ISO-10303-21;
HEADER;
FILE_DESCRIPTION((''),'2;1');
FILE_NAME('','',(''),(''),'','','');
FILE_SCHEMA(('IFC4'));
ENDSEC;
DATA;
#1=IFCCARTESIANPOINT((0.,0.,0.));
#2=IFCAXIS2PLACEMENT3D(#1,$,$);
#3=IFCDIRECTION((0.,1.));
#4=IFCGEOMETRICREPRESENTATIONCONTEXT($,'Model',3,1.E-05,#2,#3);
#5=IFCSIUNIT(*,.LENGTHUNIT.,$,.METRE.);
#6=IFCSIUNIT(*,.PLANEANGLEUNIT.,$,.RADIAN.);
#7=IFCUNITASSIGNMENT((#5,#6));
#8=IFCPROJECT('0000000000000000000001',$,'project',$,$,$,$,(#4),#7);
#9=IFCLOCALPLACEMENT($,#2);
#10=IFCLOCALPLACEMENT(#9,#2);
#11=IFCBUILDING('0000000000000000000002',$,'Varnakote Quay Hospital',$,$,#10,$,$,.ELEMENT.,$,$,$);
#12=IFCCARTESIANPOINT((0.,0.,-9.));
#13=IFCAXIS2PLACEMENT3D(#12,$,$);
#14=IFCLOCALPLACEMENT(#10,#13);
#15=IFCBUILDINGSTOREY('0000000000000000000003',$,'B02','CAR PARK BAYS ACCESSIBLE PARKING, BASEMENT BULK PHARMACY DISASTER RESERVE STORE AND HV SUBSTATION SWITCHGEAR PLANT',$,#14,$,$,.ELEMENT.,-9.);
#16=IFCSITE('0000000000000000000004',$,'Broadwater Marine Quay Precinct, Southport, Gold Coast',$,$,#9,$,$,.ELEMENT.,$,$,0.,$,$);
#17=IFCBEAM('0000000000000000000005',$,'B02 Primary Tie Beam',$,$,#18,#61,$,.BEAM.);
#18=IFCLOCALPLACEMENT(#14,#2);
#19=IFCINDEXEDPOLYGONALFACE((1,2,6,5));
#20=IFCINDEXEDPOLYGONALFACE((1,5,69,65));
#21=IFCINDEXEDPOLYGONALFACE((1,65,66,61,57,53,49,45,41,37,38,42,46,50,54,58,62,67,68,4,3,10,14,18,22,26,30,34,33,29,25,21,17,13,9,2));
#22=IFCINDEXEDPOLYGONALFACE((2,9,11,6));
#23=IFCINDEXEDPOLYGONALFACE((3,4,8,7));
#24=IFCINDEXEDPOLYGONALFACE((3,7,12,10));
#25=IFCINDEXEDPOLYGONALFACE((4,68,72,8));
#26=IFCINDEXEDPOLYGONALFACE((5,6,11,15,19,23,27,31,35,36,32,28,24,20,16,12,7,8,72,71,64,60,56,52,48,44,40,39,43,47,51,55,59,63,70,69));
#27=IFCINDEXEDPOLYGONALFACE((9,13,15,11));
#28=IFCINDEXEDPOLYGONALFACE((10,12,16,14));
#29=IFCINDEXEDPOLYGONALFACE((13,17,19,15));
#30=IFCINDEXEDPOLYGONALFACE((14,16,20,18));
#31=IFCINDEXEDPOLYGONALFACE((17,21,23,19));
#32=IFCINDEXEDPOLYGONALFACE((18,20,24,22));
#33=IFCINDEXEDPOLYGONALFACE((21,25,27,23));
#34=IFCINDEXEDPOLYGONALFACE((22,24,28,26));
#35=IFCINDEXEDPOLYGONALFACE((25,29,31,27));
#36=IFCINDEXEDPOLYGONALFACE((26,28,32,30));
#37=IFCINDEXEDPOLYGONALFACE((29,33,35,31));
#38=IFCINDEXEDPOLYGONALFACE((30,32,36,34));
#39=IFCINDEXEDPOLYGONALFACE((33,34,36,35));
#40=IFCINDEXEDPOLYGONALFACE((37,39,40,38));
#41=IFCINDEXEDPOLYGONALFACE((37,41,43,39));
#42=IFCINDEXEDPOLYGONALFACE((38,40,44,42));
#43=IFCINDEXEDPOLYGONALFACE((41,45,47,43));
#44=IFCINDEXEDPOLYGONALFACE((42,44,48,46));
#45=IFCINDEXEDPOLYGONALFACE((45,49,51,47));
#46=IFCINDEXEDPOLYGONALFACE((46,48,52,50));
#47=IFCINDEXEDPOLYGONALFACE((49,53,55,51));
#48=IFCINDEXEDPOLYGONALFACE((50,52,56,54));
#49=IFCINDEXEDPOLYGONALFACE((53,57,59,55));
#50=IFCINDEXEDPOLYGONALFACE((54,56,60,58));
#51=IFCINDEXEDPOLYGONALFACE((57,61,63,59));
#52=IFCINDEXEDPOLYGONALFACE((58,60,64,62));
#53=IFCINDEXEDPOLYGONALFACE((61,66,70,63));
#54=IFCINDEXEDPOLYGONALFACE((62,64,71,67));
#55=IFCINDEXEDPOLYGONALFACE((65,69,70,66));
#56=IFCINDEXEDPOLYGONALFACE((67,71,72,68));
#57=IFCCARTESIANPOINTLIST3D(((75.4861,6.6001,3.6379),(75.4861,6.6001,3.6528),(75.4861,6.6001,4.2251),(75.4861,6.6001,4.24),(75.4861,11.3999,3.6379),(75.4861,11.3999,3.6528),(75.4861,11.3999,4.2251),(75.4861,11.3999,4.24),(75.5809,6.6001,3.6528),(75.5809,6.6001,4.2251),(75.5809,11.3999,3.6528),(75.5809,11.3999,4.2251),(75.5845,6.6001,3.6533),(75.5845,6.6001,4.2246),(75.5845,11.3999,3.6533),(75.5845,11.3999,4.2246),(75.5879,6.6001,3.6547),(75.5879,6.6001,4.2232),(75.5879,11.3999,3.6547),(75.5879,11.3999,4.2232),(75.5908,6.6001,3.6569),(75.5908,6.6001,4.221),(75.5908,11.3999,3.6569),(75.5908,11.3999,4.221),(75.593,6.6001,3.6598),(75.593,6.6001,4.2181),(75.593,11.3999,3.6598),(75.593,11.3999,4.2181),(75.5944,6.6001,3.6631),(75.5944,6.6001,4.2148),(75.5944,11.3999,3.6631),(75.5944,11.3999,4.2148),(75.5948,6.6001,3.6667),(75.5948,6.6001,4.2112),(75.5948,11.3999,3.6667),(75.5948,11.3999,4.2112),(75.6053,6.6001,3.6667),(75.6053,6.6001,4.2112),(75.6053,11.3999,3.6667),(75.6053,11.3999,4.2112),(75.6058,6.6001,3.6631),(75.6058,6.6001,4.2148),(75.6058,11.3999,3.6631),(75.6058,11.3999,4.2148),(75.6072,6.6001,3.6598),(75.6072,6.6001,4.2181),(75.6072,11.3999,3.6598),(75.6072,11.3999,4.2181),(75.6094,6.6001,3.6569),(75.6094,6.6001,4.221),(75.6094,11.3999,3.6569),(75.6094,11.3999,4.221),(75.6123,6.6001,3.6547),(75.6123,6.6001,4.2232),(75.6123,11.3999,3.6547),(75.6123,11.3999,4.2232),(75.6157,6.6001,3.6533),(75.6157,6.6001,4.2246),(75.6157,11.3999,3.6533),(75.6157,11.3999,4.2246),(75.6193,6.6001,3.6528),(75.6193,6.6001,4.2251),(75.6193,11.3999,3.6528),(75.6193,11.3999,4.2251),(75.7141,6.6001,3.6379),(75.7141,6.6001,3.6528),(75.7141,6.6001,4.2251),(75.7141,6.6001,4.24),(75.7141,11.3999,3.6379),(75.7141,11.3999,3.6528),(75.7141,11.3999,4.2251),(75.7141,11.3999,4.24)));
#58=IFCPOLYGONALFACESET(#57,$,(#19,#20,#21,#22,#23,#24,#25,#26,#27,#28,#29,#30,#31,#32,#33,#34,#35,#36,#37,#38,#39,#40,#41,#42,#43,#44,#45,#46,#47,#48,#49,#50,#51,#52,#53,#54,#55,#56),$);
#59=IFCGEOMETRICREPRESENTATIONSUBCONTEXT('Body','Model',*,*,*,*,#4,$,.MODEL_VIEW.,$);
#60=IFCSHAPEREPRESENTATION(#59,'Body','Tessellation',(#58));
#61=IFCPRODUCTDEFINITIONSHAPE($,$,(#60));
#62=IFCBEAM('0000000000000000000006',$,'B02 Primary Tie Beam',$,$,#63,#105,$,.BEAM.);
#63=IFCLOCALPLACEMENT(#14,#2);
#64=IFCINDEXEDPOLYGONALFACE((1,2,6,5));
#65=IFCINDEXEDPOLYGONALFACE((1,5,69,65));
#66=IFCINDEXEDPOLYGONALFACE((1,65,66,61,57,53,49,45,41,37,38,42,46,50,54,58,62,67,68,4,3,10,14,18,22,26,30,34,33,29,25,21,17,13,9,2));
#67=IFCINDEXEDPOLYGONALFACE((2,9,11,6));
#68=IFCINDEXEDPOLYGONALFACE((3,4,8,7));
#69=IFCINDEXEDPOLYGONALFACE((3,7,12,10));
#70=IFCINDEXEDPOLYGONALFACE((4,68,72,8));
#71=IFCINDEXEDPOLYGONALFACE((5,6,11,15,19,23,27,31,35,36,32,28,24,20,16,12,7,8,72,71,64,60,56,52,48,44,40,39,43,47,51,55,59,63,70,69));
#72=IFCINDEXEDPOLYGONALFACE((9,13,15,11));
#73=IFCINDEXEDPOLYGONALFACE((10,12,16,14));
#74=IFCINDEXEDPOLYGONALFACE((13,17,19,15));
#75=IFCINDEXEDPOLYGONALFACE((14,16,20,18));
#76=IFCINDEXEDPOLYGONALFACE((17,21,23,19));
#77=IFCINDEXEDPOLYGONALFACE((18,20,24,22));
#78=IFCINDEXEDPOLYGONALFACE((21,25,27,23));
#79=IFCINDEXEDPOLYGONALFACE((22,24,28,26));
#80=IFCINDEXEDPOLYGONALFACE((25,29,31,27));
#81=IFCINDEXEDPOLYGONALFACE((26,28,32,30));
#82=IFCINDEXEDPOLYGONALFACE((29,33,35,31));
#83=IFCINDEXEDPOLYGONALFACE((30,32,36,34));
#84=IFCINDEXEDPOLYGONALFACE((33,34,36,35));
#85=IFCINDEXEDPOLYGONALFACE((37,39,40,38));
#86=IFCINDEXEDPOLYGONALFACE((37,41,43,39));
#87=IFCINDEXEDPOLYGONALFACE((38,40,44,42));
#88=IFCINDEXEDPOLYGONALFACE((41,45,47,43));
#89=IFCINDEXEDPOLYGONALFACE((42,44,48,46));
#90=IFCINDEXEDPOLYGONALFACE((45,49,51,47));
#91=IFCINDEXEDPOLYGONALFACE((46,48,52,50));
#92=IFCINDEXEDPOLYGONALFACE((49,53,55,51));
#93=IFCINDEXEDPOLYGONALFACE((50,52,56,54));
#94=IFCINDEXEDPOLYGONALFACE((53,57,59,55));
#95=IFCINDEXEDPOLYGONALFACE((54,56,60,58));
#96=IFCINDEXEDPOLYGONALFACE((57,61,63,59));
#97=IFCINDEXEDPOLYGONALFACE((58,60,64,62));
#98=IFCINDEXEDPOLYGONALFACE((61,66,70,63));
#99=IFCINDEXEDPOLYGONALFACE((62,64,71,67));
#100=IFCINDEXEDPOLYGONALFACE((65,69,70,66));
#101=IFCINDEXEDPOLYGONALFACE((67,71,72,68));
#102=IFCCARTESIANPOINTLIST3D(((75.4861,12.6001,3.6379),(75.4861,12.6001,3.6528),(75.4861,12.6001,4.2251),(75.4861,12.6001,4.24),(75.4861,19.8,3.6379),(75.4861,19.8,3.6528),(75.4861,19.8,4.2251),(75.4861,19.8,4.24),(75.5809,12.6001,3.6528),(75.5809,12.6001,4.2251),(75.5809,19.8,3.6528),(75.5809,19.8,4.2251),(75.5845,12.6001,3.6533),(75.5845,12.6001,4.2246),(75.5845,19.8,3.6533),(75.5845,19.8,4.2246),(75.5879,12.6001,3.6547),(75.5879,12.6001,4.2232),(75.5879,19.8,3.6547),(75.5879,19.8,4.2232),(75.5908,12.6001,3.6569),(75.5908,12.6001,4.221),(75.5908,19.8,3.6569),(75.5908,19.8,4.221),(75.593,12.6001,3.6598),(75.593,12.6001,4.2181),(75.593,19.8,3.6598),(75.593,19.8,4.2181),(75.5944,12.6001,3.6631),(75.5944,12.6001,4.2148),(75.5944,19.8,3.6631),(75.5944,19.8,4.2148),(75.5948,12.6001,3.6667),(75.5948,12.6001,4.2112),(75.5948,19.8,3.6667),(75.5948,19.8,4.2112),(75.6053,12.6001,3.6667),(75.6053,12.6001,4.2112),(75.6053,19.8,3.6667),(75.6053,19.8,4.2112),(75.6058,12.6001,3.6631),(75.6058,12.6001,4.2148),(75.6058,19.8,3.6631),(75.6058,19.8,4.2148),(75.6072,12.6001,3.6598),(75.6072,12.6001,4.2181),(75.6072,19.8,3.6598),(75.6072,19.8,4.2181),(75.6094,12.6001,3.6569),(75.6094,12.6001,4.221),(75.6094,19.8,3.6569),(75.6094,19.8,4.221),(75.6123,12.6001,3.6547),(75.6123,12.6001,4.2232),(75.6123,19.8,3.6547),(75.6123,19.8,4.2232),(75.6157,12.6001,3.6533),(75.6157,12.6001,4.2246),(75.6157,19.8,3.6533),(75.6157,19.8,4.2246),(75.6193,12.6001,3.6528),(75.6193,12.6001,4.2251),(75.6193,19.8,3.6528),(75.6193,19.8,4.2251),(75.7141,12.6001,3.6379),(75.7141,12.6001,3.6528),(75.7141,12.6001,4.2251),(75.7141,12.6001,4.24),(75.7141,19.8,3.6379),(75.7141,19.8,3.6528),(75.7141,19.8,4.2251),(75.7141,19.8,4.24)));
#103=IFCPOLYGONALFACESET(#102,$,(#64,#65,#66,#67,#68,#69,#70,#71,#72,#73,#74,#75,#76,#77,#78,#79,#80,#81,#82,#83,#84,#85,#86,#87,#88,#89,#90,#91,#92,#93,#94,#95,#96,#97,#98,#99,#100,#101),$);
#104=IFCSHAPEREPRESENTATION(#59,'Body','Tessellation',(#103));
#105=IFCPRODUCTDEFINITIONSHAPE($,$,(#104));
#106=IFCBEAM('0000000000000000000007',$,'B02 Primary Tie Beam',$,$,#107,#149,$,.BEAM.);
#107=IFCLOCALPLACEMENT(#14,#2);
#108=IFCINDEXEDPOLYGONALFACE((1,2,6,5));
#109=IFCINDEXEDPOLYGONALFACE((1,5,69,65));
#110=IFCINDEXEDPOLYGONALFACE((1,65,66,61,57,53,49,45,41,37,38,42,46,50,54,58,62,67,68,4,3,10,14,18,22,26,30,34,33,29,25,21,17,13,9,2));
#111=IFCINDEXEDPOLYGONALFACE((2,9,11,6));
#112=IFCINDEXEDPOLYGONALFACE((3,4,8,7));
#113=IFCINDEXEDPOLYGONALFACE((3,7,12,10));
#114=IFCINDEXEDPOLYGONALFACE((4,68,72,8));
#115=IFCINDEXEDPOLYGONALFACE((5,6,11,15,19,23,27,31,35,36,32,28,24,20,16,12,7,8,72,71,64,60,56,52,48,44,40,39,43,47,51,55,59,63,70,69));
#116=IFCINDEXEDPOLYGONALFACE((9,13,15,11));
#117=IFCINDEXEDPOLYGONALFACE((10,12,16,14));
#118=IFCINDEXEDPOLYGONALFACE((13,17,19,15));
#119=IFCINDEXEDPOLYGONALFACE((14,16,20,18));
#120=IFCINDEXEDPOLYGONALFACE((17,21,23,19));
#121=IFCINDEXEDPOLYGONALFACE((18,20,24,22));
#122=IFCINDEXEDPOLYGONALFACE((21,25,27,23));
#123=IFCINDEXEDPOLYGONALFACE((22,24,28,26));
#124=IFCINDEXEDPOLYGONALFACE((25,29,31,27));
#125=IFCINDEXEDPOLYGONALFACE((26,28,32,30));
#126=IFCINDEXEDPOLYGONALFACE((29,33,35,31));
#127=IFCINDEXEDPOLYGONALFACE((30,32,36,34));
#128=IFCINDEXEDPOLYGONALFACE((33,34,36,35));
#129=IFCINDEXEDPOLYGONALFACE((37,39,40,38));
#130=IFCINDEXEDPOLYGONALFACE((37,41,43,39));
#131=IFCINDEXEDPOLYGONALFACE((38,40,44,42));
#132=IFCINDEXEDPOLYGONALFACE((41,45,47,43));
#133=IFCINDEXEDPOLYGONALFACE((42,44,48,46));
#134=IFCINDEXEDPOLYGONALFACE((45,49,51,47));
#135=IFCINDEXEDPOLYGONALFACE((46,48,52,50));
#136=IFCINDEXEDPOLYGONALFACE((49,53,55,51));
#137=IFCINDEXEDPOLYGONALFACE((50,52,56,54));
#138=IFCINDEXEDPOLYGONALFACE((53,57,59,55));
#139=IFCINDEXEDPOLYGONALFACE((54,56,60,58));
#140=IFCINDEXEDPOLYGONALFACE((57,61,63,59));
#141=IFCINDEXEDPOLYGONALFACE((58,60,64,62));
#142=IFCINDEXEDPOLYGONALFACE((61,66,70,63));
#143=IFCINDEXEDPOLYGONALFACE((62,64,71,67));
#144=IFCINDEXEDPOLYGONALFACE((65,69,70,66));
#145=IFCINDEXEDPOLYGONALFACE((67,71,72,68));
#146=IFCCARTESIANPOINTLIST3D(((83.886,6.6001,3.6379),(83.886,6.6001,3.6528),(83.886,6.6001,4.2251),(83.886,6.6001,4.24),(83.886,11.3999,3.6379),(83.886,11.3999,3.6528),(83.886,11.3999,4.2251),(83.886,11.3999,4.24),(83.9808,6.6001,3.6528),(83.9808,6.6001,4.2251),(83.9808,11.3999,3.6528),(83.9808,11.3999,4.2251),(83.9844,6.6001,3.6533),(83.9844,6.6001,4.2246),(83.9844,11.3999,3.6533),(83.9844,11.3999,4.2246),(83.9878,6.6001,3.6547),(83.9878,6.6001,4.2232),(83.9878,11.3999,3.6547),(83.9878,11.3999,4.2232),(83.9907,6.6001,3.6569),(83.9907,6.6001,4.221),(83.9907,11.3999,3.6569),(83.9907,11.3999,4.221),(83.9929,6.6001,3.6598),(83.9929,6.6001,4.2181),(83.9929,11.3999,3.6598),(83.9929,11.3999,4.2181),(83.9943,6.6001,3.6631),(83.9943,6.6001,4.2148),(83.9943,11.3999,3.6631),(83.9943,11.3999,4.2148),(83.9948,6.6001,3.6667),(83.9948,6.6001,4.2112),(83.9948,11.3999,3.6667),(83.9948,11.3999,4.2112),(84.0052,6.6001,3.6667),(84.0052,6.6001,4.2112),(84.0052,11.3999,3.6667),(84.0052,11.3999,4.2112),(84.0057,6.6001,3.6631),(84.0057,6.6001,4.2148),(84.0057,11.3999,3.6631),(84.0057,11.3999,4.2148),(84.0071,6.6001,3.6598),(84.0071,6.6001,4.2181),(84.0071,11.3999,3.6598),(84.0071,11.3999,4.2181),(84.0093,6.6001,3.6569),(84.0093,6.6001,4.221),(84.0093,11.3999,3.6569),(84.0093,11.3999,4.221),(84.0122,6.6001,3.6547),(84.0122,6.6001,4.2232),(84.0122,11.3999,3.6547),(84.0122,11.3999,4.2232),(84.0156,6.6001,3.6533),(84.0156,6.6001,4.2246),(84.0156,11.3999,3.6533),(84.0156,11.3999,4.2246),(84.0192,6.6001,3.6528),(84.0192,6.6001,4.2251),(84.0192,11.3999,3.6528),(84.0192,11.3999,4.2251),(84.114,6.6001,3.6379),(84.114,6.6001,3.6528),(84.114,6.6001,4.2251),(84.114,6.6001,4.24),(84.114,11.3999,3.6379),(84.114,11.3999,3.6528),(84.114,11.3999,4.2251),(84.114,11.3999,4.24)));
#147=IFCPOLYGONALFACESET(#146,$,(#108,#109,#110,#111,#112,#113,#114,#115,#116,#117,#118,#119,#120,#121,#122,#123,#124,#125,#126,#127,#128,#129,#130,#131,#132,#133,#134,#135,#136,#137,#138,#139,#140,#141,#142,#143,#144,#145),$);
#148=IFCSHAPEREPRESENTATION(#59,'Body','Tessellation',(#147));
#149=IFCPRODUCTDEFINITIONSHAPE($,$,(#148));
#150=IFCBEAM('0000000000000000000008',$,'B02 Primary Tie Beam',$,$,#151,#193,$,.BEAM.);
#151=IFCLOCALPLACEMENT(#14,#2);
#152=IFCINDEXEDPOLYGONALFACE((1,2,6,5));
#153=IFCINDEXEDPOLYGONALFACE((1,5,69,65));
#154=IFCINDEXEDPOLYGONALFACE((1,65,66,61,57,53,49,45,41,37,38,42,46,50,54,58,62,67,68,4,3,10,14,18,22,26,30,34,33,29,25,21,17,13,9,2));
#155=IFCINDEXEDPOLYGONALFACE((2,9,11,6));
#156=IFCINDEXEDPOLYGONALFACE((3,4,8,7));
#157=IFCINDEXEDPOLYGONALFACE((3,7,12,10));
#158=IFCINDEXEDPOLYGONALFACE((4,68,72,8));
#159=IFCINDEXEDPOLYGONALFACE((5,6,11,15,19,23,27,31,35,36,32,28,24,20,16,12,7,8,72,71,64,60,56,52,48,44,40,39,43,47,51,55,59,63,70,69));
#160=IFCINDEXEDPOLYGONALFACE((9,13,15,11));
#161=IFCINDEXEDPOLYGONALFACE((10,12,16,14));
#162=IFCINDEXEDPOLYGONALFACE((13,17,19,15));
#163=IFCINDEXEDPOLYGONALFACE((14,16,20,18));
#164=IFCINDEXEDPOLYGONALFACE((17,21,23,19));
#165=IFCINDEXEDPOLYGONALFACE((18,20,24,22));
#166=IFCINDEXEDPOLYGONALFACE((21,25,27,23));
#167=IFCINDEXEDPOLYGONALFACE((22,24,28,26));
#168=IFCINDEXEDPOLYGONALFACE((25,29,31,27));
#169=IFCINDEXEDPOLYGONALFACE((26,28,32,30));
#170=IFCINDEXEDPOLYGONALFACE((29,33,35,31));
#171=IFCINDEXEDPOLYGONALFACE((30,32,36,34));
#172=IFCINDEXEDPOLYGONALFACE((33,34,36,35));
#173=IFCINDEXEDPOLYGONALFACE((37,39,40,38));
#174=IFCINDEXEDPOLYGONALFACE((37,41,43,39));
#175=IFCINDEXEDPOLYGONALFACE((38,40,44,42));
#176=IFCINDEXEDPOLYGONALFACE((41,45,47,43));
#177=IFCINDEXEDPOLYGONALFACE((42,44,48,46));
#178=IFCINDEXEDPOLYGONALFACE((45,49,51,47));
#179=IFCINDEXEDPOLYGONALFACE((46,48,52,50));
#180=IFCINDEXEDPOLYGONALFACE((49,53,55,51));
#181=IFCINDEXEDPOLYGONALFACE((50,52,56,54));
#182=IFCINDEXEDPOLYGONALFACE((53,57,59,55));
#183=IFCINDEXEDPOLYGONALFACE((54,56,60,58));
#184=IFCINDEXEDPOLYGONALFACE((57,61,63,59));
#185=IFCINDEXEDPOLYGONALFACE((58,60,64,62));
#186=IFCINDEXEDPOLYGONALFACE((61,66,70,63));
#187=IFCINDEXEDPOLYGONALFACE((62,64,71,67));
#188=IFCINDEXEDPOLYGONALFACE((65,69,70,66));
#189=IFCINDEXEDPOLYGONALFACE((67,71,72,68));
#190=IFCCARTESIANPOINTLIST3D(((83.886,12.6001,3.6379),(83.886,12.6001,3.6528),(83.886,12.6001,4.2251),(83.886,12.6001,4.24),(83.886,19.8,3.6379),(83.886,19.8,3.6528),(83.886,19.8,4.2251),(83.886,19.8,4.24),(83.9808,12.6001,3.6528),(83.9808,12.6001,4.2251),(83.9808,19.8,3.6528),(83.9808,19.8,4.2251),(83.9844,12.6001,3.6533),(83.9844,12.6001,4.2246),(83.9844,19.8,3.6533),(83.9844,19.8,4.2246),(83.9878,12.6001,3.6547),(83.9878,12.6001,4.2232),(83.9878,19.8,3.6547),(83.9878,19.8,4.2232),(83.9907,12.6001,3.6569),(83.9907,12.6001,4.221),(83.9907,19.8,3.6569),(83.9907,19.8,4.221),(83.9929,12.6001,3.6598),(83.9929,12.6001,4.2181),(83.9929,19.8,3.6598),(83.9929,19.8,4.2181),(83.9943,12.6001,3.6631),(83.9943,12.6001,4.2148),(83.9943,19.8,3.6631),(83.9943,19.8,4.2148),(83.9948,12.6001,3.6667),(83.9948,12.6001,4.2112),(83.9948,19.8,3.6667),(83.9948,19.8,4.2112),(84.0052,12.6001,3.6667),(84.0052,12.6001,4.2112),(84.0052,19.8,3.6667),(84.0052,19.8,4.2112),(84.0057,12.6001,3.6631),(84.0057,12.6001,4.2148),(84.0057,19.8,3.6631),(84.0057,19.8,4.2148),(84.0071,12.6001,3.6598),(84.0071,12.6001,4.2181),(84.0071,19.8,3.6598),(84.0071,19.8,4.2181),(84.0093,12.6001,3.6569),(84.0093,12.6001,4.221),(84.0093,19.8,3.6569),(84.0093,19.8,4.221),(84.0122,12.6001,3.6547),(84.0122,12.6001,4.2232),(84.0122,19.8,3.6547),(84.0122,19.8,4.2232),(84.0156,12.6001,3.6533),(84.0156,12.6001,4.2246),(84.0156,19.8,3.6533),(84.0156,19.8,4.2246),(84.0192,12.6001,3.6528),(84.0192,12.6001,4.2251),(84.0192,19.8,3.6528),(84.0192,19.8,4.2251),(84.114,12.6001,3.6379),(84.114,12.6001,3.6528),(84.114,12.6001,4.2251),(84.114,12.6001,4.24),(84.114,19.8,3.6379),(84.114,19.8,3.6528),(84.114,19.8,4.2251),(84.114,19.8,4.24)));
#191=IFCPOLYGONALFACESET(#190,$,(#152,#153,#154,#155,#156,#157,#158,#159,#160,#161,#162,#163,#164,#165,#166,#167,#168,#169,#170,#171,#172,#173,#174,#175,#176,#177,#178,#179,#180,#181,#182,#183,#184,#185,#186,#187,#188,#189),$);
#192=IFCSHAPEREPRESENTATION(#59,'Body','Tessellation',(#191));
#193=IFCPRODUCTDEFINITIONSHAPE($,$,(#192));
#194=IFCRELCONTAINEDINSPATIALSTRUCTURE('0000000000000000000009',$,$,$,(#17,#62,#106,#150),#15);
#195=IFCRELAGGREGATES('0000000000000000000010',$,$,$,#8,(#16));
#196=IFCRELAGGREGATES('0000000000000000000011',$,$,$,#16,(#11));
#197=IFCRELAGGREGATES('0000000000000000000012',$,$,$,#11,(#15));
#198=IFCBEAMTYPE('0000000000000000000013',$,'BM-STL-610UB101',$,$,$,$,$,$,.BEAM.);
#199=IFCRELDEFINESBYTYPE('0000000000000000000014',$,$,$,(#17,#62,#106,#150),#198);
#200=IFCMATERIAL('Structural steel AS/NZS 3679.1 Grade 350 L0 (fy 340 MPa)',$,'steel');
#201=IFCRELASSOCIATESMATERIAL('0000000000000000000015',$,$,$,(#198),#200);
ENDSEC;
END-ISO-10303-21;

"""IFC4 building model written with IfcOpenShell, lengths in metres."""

from ifc_helpers import new_model, si_unit, direction, frame, origin, origin_2d, place, context, subcontext, project, spatial, i_section, extrude, material, material_profile, profile_set, type_object, element, save


model = new_model("IFC4")

# Units and contexts
model_context = context("Model", 3, precision=1e-05, world=origin(), true_north=direction((0.0, 1.0)))
body_context = subcontext(model_context, "Body", "Model", "MODEL_VIEW")
ifc_project = project(units=[si_unit("LENGTHUNIT", "METRE"), si_unit("PLANEANGLEUNIT", "RADIAN")], contexts=[model_context])

# Site, building, storey
site_placement = place(None, origin())
site = spatial("IfcSite", under=ifc_project, at=site_placement, Name="Broadwater Marine Quay Precinct, Southport, Gold Coast", CompositionType="ELEMENT", RefElevation=0.0)
building_placement = place(site_placement, origin())
building = spatial("IfcBuilding", under=site, at=building_placement, Name="Varnakote Quay Hospital", CompositionType="ELEMENT")
storey_placement = place(building_placement, frame((0.0, 0.0, -9.0)))
storey = spatial("IfcBuildingStorey", under=building, at=storey_placement, Name="B02", Description="CAR PARK BAYS ACCESSIBLE PARKING, BASEMENT BULK PHARMACY DISASTER RESERVE STORE AND HV SUBSTATION SWITCHGEAR PLANT", CompositionType="ELEMENT", Elevation=-9.0)

# Beams
ifc_material_1 = material(Name="Structural steel AS/NZS 3679.1 Grade 350 L0 (fy 340 MPa)", Category="steel")
ifc_material_profile_1 = material_profile(ifc_material_1, i_section(OverallWidth=0.228, OverallDepth=0.6021, WebThickness=0.0105, FlangeThickness=0.0149, FilletRadius=0.0139, at=origin_2d()), Name="610UB101")
ifc_profile_set_1 = profile_set([ifc_material_profile_1], Name="Structural steel AS/NZS 3679.1 Grade 350 L0 (fy 340 MPa)")
beam_type_1 = type_object("IfcBeamType", Name="BM-STL-610UB101", PredefinedType="BEAM", material=ifc_profile_set_1)
beam_1_placement = place(storey_placement, frame((75.6001, 6.6001, 3.939), z_axis=(0.0, 1.0, 0.0), x_axis=(-1.0, 0.0, 0.0)))
element("IfcBeam", 1, at=beam_1_placement, inside=storey, type_object=beam_type_1, Name="B02 Primary Tie Beam", PredefinedType="BEAM", context=body_context, shape_type="SweptSolid", body=[
    extrude(i_section(OverallWidth=0.228, OverallDepth=0.6021, WebThickness=0.0105, FlangeThickness=0.0149, FilletRadius=0.0139, at=origin_2d()), origin(), (0.0, 0.0, 1.0), 4.7998),
])
beam_2_placement = place(storey_placement, frame((75.6001, 12.6001, 3.939), z_axis=(0.0, 1.0, 0.0), x_axis=(-1.0, 0.0, 0.0)))
element("IfcBeam", 2, at=beam_2_placement, inside=storey, type_object=beam_type_1, Name="B02 Primary Tie Beam", PredefinedType="BEAM", context=body_context, shape_type="SweptSolid", body=[
    extrude(i_section(OverallWidth=0.228, OverallDepth=0.6021, WebThickness=0.0105, FlangeThickness=0.0149, FilletRadius=0.0139, at=origin_2d()), origin(), (0.0, 0.0, 1.0), 7.2),
])
beam_3_placement = place(storey_placement, frame((84.0, 6.6001, 3.939), z_axis=(0.0, 1.0, 0.0), x_axis=(-1.0, 0.0, 0.0)))
element("IfcBeam", 3, at=beam_3_placement, inside=storey, type_object=beam_type_1, Name="B02 Primary Tie Beam", PredefinedType="BEAM", context=body_context, shape_type="SweptSolid", body=[
    extrude(i_section(OverallWidth=0.228, OverallDepth=0.6021, WebThickness=0.0105, FlangeThickness=0.0149, FilletRadius=0.0139, at=origin_2d()), origin(), (0.0, 0.0, 1.0), 4.7998),
])
beam_4_placement = place(storey_placement, frame((84.0, 12.6001, 3.939), z_axis=(0.0, 1.0, 0.0), x_axis=(-1.0, 0.0, 0.0)))
element("IfcBeam", 4, at=beam_4_placement, inside=storey, type_object=beam_type_1, Name="B02 Primary Tie Beam", PredefinedType="BEAM", context=body_context, shape_type="SweptSolid", body=[
    extrude(i_section(OverallWidth=0.228, OverallDepth=0.6021, WebThickness=0.0105, FlangeThickness=0.0149, FilletRadius=0.0139, at=origin_2d()), origin(), (0.0, 0.0, 1.0), 7.2),
])

save(model, "model.ifc")
